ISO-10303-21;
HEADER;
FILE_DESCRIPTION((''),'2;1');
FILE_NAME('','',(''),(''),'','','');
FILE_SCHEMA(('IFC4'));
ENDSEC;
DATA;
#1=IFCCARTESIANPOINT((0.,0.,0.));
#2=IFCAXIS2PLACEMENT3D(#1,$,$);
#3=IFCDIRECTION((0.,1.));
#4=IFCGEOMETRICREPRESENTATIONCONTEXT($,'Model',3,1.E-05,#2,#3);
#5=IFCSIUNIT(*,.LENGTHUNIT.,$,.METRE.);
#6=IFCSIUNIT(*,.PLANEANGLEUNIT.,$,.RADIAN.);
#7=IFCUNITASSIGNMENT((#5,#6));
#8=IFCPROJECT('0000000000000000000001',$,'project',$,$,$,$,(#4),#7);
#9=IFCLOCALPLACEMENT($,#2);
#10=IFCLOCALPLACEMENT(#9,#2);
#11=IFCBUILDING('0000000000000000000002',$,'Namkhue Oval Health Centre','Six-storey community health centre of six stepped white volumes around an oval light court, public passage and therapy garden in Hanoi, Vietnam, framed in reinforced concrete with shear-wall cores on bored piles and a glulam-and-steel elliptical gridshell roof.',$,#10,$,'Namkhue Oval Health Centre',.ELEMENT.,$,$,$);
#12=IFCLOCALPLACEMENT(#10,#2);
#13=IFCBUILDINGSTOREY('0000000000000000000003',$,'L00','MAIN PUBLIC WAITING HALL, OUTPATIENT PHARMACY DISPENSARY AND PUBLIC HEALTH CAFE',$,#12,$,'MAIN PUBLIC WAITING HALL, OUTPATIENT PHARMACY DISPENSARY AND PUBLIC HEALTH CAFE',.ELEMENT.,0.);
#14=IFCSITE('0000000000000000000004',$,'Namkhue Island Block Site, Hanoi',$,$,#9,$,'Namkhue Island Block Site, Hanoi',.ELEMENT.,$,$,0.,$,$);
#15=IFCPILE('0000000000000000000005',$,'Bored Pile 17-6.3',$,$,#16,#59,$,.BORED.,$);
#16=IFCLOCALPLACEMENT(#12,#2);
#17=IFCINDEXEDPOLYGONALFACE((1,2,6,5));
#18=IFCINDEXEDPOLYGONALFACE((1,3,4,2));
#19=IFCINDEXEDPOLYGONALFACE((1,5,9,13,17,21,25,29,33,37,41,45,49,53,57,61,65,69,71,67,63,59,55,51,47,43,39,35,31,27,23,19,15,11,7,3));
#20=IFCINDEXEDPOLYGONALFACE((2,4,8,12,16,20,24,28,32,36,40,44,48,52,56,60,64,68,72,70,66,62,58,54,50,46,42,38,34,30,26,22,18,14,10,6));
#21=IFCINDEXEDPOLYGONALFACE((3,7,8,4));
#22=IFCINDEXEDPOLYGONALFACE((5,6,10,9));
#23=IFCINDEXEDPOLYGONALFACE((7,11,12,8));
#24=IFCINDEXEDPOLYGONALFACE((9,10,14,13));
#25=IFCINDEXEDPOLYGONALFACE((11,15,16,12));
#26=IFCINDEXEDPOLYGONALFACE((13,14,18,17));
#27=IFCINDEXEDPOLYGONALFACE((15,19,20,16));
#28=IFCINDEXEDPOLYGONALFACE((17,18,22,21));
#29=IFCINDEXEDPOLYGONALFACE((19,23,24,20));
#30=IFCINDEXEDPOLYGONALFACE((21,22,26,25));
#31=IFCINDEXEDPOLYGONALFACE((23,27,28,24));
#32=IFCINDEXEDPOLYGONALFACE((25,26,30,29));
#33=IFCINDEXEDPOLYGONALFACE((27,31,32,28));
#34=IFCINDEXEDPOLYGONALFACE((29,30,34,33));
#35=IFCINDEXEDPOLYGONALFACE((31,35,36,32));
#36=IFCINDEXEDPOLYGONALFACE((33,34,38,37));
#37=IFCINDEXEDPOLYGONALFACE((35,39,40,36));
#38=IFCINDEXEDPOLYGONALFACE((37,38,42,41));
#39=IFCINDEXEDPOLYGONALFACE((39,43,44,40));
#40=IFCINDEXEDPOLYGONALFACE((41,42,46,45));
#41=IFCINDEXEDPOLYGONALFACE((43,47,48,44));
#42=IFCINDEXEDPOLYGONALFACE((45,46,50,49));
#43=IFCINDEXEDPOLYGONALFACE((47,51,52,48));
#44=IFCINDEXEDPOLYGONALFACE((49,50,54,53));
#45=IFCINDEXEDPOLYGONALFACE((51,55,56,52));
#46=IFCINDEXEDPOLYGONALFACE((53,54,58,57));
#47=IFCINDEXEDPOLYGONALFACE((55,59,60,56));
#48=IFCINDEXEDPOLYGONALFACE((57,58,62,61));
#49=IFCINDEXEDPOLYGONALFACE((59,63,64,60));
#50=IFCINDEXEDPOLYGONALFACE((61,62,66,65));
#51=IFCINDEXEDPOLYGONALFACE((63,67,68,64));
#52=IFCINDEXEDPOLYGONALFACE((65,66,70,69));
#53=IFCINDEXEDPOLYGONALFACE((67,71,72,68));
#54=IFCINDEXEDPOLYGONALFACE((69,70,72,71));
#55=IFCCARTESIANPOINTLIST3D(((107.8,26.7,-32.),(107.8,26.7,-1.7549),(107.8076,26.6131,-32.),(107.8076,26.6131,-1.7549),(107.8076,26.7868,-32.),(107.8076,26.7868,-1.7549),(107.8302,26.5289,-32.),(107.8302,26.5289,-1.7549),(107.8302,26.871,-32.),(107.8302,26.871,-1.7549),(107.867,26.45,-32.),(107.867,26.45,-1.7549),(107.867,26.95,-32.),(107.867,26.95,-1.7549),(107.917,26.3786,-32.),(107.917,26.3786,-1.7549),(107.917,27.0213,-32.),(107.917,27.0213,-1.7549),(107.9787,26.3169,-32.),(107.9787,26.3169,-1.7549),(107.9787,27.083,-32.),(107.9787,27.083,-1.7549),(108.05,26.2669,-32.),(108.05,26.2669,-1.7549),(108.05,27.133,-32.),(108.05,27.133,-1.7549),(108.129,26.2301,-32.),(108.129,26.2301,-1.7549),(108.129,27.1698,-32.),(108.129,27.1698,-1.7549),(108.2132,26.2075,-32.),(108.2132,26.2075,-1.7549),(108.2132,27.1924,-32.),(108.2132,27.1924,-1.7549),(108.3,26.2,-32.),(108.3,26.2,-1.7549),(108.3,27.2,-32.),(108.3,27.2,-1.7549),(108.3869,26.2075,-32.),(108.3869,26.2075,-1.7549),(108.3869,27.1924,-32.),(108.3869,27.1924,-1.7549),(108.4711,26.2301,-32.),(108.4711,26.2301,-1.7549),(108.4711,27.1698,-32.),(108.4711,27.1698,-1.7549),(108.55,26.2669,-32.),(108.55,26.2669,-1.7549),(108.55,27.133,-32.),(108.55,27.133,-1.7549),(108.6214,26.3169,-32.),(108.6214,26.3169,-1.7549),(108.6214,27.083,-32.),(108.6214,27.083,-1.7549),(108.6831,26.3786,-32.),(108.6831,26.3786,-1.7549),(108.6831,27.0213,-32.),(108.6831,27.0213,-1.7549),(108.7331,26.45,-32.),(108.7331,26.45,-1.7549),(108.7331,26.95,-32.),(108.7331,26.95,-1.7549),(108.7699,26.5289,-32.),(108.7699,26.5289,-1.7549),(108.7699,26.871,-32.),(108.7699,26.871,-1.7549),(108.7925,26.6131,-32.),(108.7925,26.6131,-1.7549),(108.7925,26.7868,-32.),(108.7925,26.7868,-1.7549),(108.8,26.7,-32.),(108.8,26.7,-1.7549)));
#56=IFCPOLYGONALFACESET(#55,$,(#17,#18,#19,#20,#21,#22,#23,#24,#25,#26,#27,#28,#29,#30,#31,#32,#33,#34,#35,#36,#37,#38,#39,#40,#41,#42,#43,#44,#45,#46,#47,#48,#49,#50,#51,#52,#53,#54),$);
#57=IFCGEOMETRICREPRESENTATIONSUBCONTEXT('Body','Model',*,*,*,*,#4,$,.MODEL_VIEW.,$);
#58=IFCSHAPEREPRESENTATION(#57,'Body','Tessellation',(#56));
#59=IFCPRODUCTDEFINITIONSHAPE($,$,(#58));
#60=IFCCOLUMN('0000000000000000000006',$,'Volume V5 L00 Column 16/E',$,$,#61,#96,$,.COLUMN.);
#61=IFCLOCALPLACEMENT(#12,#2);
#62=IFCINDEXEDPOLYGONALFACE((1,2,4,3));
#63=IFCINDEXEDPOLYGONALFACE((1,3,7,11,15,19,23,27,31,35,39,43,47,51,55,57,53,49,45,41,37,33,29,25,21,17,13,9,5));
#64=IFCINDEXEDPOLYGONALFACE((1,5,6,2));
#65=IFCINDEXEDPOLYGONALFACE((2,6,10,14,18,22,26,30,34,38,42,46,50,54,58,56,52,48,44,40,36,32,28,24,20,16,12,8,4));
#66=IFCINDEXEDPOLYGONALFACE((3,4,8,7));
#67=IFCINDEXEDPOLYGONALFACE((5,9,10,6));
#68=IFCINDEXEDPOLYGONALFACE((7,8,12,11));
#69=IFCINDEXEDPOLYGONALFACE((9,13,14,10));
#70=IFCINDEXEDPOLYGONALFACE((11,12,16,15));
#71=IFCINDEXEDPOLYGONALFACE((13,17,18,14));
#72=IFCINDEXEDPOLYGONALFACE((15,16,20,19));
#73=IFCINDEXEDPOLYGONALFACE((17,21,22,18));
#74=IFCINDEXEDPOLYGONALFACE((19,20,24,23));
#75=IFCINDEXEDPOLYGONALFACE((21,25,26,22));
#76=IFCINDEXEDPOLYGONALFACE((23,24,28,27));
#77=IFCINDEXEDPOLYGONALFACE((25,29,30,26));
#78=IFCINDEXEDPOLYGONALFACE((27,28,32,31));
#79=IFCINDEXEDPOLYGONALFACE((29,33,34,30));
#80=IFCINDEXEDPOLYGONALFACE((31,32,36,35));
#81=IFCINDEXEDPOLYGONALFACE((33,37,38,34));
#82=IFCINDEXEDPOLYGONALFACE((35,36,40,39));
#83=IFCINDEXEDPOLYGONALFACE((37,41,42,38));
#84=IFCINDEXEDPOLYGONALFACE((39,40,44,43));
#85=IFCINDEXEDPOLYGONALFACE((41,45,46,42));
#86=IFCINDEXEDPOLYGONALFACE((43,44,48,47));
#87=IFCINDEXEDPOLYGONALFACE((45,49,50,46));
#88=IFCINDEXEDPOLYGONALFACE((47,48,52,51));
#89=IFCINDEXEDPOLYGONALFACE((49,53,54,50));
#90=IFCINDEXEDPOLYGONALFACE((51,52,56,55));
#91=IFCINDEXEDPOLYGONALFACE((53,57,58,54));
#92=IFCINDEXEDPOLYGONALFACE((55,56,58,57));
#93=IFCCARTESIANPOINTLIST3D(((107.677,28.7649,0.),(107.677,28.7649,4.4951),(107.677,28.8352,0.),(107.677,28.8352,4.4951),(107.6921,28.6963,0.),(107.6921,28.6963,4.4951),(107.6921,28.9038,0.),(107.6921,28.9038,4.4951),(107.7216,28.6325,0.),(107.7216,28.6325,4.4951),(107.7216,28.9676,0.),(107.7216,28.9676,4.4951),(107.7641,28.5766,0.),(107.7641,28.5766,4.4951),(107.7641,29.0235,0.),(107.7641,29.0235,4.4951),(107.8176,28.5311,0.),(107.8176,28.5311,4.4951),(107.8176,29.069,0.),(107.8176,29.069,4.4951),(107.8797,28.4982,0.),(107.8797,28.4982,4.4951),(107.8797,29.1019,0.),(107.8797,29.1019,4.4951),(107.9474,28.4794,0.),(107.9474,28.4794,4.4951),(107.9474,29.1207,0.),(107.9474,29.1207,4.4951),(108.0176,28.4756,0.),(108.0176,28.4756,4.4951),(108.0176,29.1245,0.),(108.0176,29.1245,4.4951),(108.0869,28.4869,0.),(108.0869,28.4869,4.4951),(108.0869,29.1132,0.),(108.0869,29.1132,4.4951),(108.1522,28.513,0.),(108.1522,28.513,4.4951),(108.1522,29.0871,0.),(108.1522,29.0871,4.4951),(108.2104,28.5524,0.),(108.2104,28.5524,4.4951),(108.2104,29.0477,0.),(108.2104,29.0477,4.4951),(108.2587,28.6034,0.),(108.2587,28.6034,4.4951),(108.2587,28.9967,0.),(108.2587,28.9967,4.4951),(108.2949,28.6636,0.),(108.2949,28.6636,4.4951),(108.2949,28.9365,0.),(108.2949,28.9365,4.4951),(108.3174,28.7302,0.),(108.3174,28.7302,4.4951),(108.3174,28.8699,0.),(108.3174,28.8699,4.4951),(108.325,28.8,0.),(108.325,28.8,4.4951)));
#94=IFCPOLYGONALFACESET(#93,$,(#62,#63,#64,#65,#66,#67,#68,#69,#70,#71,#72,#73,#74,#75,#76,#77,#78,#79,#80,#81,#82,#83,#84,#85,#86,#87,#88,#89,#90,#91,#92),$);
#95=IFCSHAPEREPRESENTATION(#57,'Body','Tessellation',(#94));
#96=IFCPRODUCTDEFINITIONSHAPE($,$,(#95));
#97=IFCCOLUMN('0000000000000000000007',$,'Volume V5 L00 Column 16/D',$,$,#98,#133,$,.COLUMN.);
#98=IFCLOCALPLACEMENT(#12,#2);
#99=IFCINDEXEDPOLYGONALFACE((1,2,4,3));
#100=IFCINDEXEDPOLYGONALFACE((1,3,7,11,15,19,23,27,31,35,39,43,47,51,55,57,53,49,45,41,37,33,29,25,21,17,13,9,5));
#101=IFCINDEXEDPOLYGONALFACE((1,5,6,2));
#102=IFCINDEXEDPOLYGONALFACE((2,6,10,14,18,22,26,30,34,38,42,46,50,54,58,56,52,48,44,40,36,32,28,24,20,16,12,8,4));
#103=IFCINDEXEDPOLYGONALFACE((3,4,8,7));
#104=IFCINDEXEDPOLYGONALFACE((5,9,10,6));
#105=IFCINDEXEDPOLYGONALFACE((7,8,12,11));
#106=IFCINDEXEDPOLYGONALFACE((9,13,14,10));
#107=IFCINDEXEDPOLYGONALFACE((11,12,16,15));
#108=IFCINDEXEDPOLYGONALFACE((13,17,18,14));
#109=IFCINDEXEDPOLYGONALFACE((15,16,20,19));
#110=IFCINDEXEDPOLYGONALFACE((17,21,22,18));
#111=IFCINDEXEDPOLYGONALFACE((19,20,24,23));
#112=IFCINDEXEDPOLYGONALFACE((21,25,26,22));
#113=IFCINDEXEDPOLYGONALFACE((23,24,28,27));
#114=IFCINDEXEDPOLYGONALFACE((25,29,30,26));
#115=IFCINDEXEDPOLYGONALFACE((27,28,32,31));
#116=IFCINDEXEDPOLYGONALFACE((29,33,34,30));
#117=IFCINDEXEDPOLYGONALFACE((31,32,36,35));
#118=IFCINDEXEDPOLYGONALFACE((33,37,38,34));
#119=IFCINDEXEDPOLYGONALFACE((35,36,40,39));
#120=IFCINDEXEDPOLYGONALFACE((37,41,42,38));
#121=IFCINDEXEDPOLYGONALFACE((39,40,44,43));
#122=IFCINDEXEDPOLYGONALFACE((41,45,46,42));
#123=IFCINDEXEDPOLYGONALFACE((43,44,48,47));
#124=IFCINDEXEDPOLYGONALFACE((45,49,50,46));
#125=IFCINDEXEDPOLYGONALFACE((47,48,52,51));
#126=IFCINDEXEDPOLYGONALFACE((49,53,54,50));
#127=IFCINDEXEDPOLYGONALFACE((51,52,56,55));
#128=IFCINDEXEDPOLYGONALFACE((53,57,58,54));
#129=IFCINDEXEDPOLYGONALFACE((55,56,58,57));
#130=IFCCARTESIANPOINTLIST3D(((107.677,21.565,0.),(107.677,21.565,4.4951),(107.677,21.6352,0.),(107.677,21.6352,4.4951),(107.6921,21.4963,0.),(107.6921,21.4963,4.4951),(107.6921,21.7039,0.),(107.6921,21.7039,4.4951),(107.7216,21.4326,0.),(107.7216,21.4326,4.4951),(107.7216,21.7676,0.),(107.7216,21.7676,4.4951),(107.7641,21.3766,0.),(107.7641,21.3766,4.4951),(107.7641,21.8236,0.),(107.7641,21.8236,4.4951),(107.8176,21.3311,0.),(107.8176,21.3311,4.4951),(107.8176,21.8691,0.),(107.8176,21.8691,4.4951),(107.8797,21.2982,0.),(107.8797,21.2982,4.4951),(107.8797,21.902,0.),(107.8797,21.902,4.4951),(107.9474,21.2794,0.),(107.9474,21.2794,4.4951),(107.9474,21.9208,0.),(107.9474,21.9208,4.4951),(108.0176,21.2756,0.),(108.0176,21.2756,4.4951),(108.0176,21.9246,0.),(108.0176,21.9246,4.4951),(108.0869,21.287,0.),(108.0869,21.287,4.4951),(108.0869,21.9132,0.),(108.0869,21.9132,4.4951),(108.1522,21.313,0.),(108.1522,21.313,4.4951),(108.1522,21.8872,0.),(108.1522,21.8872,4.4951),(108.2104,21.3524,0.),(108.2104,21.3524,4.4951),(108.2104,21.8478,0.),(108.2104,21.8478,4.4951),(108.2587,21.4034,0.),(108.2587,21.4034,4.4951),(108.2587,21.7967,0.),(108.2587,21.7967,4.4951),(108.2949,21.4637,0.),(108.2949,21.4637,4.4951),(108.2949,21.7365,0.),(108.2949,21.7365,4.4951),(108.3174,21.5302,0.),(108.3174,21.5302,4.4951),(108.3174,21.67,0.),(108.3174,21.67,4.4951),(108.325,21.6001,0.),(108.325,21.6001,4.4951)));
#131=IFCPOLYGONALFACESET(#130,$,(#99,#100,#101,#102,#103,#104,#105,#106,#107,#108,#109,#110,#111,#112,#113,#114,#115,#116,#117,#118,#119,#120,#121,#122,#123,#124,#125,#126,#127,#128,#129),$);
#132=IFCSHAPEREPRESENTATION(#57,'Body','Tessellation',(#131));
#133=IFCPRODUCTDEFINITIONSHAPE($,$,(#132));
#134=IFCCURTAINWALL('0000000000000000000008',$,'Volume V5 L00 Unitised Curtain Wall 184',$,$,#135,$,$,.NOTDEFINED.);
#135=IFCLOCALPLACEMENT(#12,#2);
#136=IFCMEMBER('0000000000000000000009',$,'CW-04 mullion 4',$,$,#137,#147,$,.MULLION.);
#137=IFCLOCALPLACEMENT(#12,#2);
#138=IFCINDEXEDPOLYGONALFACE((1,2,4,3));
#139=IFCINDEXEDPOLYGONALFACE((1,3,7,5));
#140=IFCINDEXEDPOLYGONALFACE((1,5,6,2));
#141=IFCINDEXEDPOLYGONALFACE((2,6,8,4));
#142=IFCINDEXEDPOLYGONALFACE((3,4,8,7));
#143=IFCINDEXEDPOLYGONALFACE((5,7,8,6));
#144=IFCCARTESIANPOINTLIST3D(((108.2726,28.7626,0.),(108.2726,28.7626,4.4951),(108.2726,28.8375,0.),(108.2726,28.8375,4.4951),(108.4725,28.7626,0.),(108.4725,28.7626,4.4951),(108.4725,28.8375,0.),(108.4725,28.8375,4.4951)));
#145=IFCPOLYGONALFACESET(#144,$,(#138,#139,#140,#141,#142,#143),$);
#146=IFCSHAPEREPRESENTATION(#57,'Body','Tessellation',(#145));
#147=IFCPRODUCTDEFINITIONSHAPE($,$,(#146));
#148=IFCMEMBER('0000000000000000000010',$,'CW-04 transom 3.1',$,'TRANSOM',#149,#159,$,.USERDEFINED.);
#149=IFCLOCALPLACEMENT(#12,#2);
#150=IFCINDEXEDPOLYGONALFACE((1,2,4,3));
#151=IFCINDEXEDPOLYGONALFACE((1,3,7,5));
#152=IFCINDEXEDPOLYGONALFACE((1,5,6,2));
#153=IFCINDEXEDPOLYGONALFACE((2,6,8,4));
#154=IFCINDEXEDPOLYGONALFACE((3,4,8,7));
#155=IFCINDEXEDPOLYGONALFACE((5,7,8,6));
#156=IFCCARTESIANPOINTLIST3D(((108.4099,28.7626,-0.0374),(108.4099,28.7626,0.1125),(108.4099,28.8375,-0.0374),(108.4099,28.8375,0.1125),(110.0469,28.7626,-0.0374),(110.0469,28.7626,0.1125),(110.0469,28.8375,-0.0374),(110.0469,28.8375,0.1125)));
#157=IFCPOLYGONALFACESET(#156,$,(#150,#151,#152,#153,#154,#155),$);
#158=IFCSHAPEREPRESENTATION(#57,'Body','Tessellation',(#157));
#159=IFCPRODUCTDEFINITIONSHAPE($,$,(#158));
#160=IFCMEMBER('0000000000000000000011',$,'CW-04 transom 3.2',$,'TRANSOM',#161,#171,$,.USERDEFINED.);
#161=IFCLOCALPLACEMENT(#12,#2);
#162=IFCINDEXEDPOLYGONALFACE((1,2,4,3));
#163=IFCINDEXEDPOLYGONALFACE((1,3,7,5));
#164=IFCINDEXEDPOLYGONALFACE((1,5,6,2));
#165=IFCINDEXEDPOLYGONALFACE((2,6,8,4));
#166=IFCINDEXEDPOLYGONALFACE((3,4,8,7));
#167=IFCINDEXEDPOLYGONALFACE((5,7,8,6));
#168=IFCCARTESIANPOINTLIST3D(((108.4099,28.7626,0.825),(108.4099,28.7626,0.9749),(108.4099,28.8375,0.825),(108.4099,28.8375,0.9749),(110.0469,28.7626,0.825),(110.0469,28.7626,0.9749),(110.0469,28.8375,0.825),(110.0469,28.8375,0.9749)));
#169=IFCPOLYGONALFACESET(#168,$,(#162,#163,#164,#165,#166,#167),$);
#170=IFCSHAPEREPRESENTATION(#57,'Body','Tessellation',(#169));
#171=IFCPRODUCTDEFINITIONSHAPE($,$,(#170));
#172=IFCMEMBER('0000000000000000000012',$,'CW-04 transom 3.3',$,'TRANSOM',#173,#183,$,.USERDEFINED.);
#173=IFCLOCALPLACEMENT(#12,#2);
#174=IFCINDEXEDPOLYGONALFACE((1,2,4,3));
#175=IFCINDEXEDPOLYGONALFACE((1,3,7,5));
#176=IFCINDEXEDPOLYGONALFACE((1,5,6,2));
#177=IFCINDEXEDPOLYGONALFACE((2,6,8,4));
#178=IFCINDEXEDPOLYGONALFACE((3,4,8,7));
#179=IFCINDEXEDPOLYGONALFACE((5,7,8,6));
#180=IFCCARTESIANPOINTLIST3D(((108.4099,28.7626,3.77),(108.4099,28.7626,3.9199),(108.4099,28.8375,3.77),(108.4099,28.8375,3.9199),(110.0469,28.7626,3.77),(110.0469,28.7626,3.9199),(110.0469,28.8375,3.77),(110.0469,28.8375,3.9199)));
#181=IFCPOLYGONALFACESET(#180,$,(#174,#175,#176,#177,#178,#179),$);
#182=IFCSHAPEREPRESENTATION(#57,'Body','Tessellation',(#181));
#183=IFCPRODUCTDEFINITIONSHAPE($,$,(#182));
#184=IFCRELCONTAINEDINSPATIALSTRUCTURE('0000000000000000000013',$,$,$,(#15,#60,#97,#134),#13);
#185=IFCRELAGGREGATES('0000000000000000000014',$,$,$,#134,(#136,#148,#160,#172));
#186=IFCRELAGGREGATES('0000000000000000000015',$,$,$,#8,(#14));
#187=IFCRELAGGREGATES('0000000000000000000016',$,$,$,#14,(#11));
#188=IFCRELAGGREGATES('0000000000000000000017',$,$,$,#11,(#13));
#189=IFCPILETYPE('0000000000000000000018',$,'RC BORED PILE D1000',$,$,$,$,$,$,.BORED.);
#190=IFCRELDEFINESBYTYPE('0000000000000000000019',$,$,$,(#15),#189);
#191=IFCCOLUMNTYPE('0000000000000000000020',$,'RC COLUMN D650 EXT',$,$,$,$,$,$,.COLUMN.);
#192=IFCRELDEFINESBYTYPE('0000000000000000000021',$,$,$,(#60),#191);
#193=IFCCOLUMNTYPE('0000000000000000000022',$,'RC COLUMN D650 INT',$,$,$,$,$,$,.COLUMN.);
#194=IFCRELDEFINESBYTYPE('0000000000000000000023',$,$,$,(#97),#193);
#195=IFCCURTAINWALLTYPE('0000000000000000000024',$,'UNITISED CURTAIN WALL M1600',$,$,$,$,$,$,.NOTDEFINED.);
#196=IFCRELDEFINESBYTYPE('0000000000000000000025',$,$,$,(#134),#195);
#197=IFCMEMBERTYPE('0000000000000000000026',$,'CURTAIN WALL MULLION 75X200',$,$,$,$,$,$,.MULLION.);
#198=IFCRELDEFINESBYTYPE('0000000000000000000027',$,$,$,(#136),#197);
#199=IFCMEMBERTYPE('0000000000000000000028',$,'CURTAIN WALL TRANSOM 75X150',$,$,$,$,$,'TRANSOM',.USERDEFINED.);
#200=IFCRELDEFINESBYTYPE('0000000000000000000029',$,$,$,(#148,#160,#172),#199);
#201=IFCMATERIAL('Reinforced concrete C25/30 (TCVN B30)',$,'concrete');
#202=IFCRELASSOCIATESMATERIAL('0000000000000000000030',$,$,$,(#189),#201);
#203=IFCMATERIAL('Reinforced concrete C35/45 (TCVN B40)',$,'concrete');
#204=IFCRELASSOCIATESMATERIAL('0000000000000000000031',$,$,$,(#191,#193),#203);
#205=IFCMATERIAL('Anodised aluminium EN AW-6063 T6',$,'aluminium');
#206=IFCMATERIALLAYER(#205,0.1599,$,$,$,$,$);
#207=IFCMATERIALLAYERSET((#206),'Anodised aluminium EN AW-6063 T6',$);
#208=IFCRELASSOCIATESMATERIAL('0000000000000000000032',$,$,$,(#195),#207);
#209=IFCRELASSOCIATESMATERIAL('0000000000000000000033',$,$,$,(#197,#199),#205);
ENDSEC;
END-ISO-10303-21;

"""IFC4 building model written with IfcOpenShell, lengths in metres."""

from ifc_helpers import new_model, si_unit, direction, frame, origin, origin_2d, place, context, subcontext, project, spatial, rectangle, circle, extrude, material, layer, layer_set, material_profile, profile_set, type_object, element, aggregate, save


model = new_model("IFC4")

# Units and contexts
model_context = context("Model", 3, precision=1e-05, world=origin(), true_north=direction((0.0, 1.0)))
body_context = subcontext(model_context, "Body", "Model", "MODEL_VIEW")
ifc_project = project(units=[si_unit("LENGTHUNIT", "METRE"), si_unit("PLANEANGLEUNIT", "RADIAN")], contexts=[model_context])

# Site, building, storey
site_placement = place(None, origin())
site = spatial("IfcSite", under=ifc_project, at=site_placement, Name="Namkhue Island Block Site, Hanoi", LongName="Namkhue Island Block Site, Hanoi", CompositionType="ELEMENT", RefElevation=0.0)
building_placement = place(site_placement, origin())
building = spatial("IfcBuilding", under=site, at=building_placement, Name="Namkhue Oval Health Centre", Description="Six-storey community health centre of six stepped white volumes around an oval light court, public passage and therapy garden in Hanoi, Vietnam, framed in reinforced concrete with shear-wall cores on bored piles and a glulam-and-steel elliptical gridshell roof.", LongName="Namkhue Oval Health Centre", CompositionType="ELEMENT")
storey_placement = place(building_placement, origin())
storey = spatial("IfcBuildingStorey", under=building, at=storey_placement, Name="L00", Description="MAIN PUBLIC WAITING HALL, OUTPATIENT PHARMACY DISPENSARY AND PUBLIC HEALTH CAFE", LongName="MAIN PUBLIC WAITING HALL, OUTPATIENT PHARMACY DISPENSARY AND PUBLIC HEALTH CAFE", CompositionType="ELEMENT", Elevation=0.0)

# Pile
ifc_material_1 = material(Name="Reinforced concrete C25/30 (TCVN B30)", Category="concrete")
ifc_material_profile_1 = material_profile(ifc_material_1, circle(Radius=0.5, at=origin_2d()), Name="BORED PILE D1000")
ifc_profile_set_1 = profile_set([ifc_material_profile_1], Name="Reinforced concrete C25/30 (TCVN B30)")
pile_type = type_object("IfcPileType", Name="RC BORED PILE D1000", PredefinedType="BORED", material=ifc_profile_set_1)
for number, where, z_axis, x_axis, name in (
    (1, (108.3, 26.7, -1.7549), (0.0, 0.0, -1.0), (1.0, 0.0, 0.0), "Bored Pile 17-6.3"),
):
    element("IfcPile", number, at=place(storey_placement, frame(where, z_axis=z_axis, x_axis=x_axis)), inside=storey, type_object=pile_type, Name=name, PredefinedType="BORED", context=body_context, shape_type="SweptSolid", body=[
        extrude(circle(Radius=0.5, at=origin_2d()), origin(), (0.0, 0.0, 1.0), 30.2451),
    ])

# Columns
ifc_material_2 = material(Name="Reinforced concrete C35/45 (TCVN B40)", Category="concrete")
ifc_material_profile_2 = material_profile(ifc_material_2, circle(Radius=0.325, at=origin_2d()), Name="RC D650")
ifc_profile_set_2 = profile_set([ifc_material_profile_2], Name="Reinforced concrete C35/45 (TCVN B40)")
column_type_1 = type_object("IfcColumnType", Name="RC COLUMN D650 EXT", PredefinedType="COLUMN", material=ifc_profile_set_2)
column_1_placement = place(storey_placement, frame((108.0, 28.8, 0.0), z_axis=(0.0, 0.0, 1.0), x_axis=(1.0, 0.0, 0.0)))
element("IfcColumn", 2, at=column_1_placement, inside=storey, type_object=column_type_1, Name="Volume V5 L00 Column 16/E", PredefinedType="COLUMN", context=body_context, shape_type="SweptSolid", body=[
    extrude(circle(Radius=0.325, at=origin_2d()), origin(), (0.0, 0.0, 1.0), 4.4951),
])
ifc_material_profile_3 = material_profile(ifc_material_2, circle(Radius=0.325, at=origin_2d()), Name="RC D650")
ifc_profile_set_3 = profile_set([ifc_material_profile_3], Name="Reinforced concrete C35/45 (TCVN B40)")
column_type_2 = type_object("IfcColumnType", Name="RC COLUMN D650 INT", PredefinedType="COLUMN", material=ifc_profile_set_3)
column_2_placement = place(storey_placement, frame((108.0, 21.6001, 0.0), z_axis=(0.0, 0.0, 1.0), x_axis=(1.0, 0.0, 0.0)))
element("IfcColumn", 3, at=column_2_placement, inside=storey, type_object=column_type_2, Name="Volume V5 L00 Column 16/D", PredefinedType="COLUMN", context=body_context, shape_type="SweptSolid", body=[
    extrude(circle(Radius=0.325, at=origin_2d()), origin(), (0.0, 0.0, 1.0), 4.4951),
])

# Curtain wall, members
ifc_material_3 = material(Name="Anodised aluminium EN AW-6063 T6", Category="aluminium")
ifc_layer_1 = layer(ifc_material_3, 0.1599)
ifc_layer_set_1 = layer_set([ifc_layer_1], Name="Anodised aluminium EN AW-6063 T6")
curtain_wall_type = type_object("IfcCurtainWallType", Name="UNITISED CURTAIN WALL M1600", PredefinedType="NOTDEFINED", material=ifc_layer_set_1)
curtain_wall_placement = place(storey_placement, origin())
curtain_wall = element("IfcCurtainWall", 4, at=curtain_wall_placement, inside=storey, type_object=curtain_wall_type, Name="Volume V5 L00 Unitised Curtain Wall 184", PredefinedType="NOTDEFINED")
ifc_material_profile_4 = material_profile(ifc_material_3, rectangle(XDim=0.075, YDim=0.2, at=origin_2d()), Name="ALU 75x200")
ifc_profile_set_4 = profile_set([ifc_material_profile_4], Name="Anodised aluminium EN AW-6063 T6")
member_type_1 = type_object("IfcMemberType", Name="CURTAIN WALL MULLION 75X200", PredefinedType="MULLION", material=ifc_profile_set_4)
member_1_placement = place(storey_placement, frame((108.3726, 28.8, 0.0), z_axis=(0.0, 0.0, 1.0), x_axis=(0.0, -1.0, 0.0)))
member_1 = element("IfcMember", 5, at=member_1_placement, type_object=member_type_1, Name="CW-04 mullion 4", PredefinedType="MULLION", context=body_context, shape_type="SweptSolid", body=[
    extrude(rectangle(XDim=0.075, YDim=0.2, at=origin_2d()), origin(), (0.0, 0.0, 1.0), 4.4951),
])
ifc_material_profile_5 = material_profile(ifc_material_3, rectangle(XDim=0.075, YDim=0.1499, at=origin_2d()), Name="ALU 75x150")
ifc_profile_set_5 = profile_set([ifc_material_profile_5], Name="Anodised aluminium EN AW-6063 T6")
member_type_2 = type_object("IfcMemberType", Name="CURTAIN WALL TRANSOM 75X150", ElementType="TRANSOM", PredefinedType="USERDEFINED", material=ifc_profile_set_5)
member_2_placement = place(storey_placement, frame((110.0469, 28.8, 0.0376), z_axis=(-1.0, 0.0, 0.0), x_axis=(0.0, -1.0, 0.0)))
member_2 = element("IfcMember", 6, at=member_2_placement, type_object=member_type_2, Name="CW-04 transom 3.1", ObjectType="TRANSOM", PredefinedType="USERDEFINED", context=body_context, shape_type="SweptSolid", body=[
    extrude(rectangle(XDim=0.075, YDim=0.1499, at=origin_2d()), origin(), (0.0, 0.0, 1.0), 1.637),
])
member_3_placement = place(storey_placement, frame((110.0469, 28.8, 0.8999), z_axis=(-1.0, 0.0, 0.0), x_axis=(0.0, -1.0, 0.0)))
member_3 = element("IfcMember", 7, at=member_3_placement, type_object=member_type_2, Name="CW-04 transom 3.2", ObjectType="TRANSOM", PredefinedType="USERDEFINED", context=body_context, shape_type="SweptSolid", body=[
    extrude(rectangle(XDim=0.075, YDim=0.1499, at=origin_2d()), origin(), (0.0, 0.0, 1.0), 1.637),
])
member_4_placement = place(storey_placement, frame((110.0469, 28.8, 3.845), z_axis=(-1.0, 0.0, 0.0), x_axis=(0.0, -1.0, 0.0)))
member_4 = element("IfcMember", 8, at=member_4_placement, type_object=member_type_2, Name="CW-04 transom 3.3", ObjectType="TRANSOM", PredefinedType="USERDEFINED", context=body_context, shape_type="SweptSolid", body=[
    extrude(rectangle(XDim=0.075, YDim=0.1499, at=origin_2d()), origin(), (0.0, 0.0, 1.0), 1.637),
])

aggregate(curtain_wall, [member_1, member_2, member_3, member_4])

save(model, "model.ifc")
